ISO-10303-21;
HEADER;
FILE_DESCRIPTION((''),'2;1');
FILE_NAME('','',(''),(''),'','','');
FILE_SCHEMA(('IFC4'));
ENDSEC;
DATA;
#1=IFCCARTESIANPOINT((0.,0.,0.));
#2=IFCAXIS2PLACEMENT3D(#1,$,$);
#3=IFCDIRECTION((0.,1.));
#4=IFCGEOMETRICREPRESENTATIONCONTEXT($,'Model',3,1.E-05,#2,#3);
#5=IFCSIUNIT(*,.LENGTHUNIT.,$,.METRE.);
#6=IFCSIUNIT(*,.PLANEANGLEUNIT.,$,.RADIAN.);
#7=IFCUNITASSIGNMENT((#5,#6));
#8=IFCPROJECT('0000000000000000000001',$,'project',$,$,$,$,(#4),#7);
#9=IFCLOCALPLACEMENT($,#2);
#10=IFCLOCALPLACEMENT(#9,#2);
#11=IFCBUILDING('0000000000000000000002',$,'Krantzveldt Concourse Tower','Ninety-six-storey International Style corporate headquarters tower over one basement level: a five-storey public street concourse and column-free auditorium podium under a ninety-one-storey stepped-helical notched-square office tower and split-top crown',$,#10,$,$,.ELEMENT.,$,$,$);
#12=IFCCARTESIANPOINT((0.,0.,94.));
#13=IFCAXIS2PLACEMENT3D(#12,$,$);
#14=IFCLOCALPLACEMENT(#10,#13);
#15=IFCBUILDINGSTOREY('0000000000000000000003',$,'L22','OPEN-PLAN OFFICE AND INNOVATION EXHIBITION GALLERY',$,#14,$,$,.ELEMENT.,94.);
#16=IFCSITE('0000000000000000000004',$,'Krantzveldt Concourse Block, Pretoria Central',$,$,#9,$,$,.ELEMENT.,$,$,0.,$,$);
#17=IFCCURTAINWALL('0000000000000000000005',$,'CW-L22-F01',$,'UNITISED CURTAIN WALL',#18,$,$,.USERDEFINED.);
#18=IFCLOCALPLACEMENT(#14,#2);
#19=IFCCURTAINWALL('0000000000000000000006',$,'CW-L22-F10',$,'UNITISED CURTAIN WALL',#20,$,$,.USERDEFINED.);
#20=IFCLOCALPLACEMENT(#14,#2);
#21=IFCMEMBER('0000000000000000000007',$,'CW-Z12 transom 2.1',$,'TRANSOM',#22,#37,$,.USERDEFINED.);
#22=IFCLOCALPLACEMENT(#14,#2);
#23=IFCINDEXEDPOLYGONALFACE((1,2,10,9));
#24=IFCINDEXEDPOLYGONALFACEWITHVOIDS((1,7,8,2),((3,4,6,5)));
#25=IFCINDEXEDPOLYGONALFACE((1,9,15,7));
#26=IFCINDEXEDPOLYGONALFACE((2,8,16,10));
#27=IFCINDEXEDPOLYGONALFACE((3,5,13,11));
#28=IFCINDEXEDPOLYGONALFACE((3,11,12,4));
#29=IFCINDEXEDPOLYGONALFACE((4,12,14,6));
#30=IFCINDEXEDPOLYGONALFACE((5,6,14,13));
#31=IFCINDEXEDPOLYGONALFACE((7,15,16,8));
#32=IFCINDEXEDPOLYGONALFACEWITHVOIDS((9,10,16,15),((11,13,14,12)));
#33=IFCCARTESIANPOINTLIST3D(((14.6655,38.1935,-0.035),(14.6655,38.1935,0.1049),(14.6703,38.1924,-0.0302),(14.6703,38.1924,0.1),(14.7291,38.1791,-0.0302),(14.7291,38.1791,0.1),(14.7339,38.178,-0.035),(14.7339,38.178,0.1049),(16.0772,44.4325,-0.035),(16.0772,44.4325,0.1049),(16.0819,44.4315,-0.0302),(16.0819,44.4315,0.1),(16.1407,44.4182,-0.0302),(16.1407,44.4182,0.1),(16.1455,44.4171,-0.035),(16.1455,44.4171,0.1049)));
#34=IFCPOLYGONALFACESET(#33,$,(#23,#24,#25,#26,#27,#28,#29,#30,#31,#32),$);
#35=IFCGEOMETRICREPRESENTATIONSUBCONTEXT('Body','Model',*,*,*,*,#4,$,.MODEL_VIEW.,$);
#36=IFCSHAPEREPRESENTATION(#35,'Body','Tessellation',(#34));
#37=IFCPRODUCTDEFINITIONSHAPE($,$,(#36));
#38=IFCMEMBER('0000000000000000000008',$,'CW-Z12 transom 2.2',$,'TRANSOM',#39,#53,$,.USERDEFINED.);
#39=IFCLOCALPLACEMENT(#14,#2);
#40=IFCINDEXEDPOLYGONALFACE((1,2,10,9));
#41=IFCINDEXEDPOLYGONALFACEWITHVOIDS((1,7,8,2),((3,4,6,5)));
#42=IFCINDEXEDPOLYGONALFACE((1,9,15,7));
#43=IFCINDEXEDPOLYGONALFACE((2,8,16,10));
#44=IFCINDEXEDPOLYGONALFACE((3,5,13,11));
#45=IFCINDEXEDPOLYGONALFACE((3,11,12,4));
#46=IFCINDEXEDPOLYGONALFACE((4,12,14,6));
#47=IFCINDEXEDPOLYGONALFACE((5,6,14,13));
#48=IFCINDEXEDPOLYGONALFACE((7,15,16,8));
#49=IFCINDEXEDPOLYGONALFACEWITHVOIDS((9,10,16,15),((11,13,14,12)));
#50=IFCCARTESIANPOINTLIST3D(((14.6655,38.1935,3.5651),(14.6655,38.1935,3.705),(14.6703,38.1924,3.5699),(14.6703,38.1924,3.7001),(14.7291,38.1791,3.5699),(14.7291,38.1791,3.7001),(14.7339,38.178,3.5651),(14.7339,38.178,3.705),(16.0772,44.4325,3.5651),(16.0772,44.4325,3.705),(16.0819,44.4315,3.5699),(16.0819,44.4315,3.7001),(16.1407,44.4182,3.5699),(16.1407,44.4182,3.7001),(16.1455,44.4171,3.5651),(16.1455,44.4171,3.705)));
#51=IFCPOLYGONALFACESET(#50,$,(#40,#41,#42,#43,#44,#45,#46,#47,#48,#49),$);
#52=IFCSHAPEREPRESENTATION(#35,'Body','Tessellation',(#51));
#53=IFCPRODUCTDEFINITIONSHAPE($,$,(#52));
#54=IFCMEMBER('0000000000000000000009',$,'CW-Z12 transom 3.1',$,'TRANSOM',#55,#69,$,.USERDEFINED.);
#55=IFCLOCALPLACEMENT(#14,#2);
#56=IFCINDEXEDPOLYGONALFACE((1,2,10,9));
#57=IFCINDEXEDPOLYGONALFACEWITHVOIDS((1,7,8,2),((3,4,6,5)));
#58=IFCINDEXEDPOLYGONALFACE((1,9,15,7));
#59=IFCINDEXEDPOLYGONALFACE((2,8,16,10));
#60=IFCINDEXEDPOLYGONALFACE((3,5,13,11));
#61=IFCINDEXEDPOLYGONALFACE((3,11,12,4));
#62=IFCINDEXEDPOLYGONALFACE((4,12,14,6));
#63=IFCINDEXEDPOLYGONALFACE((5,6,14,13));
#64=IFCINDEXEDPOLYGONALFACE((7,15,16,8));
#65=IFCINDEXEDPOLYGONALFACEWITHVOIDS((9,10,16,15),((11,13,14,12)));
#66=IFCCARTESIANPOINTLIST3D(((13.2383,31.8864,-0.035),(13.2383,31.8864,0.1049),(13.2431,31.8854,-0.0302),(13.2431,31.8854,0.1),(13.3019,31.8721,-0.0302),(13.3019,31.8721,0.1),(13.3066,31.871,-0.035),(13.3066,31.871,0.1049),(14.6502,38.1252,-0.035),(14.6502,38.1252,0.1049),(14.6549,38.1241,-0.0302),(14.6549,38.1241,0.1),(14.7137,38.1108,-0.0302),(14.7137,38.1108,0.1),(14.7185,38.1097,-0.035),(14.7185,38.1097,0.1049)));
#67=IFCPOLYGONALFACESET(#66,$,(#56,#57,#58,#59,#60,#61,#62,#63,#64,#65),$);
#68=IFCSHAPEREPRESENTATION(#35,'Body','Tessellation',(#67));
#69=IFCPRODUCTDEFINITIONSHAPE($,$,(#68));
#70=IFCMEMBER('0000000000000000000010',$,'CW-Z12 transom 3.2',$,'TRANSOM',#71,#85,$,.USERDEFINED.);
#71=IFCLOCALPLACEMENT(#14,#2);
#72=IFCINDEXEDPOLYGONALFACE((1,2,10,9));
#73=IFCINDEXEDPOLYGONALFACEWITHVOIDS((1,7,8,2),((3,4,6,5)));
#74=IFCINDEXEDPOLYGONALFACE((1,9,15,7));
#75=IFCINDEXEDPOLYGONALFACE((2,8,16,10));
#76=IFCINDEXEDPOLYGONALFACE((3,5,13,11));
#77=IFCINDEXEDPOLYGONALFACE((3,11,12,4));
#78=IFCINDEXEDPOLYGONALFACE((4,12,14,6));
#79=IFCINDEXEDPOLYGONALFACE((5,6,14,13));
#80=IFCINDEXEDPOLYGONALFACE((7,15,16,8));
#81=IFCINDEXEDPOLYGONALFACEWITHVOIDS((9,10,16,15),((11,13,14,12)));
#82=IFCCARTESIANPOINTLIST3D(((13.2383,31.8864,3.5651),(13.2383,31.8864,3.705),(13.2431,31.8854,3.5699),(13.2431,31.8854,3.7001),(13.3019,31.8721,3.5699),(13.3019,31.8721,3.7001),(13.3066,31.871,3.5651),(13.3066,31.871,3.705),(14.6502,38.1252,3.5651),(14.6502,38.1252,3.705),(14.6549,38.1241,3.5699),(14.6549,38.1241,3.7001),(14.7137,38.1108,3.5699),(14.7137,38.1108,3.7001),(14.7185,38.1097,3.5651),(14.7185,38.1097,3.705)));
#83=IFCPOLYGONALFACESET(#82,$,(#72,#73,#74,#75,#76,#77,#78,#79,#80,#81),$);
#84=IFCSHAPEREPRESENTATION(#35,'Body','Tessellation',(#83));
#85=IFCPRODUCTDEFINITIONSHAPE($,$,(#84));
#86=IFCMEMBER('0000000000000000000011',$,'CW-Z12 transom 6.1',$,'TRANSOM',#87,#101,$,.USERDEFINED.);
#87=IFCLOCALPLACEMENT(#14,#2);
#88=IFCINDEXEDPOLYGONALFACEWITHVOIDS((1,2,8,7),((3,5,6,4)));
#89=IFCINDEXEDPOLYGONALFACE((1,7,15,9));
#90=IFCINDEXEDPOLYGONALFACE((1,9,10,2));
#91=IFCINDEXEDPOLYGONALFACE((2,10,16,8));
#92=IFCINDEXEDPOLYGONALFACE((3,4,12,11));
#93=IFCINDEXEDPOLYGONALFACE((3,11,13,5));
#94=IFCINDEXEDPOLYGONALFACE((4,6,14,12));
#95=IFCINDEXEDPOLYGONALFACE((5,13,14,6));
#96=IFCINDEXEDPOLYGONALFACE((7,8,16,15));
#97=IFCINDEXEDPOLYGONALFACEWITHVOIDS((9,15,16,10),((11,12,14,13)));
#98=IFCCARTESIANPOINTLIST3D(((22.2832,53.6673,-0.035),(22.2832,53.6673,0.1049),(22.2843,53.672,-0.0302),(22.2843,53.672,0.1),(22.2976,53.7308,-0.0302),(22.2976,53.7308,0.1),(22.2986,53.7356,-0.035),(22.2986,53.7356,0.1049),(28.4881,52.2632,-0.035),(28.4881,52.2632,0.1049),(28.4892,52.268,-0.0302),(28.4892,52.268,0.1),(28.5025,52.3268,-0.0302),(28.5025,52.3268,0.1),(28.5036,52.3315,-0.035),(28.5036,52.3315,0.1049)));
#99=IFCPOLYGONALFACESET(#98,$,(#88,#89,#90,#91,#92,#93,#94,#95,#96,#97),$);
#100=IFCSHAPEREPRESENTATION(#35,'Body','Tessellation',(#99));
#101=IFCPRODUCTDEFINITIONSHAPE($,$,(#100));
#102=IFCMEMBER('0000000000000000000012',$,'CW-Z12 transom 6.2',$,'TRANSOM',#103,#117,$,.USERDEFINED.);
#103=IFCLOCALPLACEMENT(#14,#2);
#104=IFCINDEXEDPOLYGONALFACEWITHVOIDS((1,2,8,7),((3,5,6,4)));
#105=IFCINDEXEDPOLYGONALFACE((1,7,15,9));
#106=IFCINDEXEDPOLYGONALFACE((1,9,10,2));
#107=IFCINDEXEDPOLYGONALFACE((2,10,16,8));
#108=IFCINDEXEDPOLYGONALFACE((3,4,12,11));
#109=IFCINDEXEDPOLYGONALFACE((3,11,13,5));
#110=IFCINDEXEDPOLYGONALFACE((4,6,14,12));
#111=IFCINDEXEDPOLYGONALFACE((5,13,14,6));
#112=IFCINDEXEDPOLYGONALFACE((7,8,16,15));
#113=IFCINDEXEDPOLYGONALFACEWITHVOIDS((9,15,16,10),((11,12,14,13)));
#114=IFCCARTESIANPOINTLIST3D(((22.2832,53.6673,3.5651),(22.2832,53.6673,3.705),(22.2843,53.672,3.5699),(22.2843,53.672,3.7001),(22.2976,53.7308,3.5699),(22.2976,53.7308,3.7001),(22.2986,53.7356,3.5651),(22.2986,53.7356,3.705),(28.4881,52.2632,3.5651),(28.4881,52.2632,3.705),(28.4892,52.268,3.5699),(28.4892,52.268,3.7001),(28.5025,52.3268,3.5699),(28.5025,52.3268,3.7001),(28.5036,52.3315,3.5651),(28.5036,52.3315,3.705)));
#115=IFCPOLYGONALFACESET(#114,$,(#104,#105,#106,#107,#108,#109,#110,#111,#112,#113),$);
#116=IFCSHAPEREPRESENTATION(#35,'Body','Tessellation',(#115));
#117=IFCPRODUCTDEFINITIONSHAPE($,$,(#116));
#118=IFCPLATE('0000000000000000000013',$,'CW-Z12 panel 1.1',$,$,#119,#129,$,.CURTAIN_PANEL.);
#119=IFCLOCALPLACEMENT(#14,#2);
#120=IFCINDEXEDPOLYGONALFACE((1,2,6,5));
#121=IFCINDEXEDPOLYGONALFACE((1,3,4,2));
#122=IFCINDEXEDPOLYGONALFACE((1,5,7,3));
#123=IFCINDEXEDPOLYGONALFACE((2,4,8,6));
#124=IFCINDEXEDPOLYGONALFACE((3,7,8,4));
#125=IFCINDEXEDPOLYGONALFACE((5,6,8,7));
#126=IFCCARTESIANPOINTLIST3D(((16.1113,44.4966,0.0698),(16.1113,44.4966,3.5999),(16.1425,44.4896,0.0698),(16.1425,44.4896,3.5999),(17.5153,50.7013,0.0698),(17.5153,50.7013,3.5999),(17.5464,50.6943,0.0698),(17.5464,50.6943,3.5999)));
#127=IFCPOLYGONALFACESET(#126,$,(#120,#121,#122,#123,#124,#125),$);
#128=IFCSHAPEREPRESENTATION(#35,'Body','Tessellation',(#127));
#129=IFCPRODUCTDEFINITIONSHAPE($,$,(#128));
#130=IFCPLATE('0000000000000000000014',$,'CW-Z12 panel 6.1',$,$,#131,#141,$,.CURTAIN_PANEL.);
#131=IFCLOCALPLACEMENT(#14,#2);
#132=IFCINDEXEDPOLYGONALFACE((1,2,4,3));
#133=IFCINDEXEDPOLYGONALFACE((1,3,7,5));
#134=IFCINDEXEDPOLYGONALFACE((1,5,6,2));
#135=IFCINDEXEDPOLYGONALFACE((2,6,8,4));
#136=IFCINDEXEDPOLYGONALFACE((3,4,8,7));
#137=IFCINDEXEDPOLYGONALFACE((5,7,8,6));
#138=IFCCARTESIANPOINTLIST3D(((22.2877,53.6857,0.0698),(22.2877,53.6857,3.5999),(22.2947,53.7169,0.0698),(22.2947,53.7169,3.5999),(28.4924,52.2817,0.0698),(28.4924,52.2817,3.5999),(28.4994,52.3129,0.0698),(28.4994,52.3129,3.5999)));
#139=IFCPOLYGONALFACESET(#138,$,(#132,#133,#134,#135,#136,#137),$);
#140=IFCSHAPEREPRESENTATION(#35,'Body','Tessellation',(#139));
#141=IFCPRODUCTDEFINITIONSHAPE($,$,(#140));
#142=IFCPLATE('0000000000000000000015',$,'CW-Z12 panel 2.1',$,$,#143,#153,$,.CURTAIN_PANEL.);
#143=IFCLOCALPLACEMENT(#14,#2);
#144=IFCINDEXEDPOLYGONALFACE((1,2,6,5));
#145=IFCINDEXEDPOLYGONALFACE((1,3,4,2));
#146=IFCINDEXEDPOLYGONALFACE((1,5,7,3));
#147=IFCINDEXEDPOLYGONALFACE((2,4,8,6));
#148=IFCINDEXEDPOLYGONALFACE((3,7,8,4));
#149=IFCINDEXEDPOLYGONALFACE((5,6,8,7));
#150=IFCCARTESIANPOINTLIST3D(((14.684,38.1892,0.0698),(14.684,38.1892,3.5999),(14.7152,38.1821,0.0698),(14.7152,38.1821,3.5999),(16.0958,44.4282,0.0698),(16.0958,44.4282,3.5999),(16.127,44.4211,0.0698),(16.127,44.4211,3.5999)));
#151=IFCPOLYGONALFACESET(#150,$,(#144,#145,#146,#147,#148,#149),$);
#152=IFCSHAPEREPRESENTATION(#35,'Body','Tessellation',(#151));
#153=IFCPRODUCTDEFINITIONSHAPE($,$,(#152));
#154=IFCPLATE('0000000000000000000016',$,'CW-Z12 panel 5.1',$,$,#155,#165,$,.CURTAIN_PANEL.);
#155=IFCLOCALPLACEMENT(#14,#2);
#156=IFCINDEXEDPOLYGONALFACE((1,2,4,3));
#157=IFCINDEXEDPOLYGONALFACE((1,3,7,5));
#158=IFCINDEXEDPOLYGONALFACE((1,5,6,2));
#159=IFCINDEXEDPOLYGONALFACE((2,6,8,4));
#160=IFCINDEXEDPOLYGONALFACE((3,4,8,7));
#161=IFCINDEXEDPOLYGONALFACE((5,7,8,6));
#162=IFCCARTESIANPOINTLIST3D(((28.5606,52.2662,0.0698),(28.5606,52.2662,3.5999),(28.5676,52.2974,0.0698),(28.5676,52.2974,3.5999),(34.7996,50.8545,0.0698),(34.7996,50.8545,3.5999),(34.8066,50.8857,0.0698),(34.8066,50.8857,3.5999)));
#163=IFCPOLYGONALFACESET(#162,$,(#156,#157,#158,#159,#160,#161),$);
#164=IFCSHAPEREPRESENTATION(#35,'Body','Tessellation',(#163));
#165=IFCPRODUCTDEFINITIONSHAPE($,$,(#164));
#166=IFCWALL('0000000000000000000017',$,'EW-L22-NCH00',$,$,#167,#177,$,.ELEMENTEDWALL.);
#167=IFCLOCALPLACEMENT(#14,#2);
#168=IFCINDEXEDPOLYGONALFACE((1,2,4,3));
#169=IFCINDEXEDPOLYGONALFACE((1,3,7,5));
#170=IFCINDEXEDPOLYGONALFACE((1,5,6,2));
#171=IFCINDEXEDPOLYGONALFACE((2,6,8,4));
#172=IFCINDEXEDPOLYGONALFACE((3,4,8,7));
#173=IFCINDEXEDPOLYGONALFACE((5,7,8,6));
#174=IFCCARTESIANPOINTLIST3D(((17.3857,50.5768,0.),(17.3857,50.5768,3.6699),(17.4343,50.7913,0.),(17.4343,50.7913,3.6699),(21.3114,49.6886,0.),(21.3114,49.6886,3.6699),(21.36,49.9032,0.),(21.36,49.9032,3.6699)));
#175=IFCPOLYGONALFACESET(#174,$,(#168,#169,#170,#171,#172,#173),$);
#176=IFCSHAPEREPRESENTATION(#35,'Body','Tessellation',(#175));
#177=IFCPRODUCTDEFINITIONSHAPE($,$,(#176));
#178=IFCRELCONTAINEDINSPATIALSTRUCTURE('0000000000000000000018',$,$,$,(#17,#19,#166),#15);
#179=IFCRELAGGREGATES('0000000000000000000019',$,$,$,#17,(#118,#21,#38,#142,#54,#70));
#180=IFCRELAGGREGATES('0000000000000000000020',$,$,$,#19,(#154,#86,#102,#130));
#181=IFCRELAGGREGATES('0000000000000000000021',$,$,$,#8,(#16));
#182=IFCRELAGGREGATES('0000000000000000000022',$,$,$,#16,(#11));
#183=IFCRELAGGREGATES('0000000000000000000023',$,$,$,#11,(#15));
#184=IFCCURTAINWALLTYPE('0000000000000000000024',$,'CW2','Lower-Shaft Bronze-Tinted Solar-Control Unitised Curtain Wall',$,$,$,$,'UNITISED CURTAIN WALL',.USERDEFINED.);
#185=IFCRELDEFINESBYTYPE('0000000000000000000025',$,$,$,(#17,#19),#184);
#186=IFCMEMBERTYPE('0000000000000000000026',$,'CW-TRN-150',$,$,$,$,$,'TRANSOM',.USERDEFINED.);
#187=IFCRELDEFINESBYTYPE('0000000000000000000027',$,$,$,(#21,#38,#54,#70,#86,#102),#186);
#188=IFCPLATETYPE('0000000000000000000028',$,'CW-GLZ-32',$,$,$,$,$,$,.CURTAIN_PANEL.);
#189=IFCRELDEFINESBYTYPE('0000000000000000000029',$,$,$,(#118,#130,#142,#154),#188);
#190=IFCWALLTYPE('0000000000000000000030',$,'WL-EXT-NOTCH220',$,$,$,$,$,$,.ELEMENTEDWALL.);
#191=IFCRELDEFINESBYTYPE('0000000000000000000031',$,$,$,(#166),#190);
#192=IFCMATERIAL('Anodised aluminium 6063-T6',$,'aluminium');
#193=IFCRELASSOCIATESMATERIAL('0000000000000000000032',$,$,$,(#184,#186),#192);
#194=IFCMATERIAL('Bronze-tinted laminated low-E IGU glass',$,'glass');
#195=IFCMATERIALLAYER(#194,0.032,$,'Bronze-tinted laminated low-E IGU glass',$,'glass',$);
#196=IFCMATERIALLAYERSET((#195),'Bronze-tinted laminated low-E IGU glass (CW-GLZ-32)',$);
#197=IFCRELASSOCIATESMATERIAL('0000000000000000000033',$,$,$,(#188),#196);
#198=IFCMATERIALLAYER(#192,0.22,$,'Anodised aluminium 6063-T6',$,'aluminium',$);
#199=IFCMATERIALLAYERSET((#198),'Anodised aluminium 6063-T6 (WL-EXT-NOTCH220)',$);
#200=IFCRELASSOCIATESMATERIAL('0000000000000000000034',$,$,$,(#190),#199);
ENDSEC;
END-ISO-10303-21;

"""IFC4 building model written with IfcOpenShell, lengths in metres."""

from ifc_helpers import new_model, si_unit, direction, frame, frame_2d, origin, origin_2d, place, context, subcontext, project, spatial, rectangle, hollow_rectangle, extrude, source, transform, mapped, material, layer, layer_set, material_profile, profile_set, type_object, type_shapes, element, aggregate, save


model = new_model("IFC4")

# Units and contexts
model_context = context("Model", 3, precision=1e-05, world=origin(), true_north=direction((0.0, 1.0)))
body_context = subcontext(model_context, "Body", "Model", "MODEL_VIEW")
ifc_project = project(units=[si_unit("LENGTHUNIT", "METRE"), si_unit("PLANEANGLEUNIT", "RADIAN")], contexts=[model_context])

# Site, building, storey
site_placement = place(None, origin())
site = spatial("IfcSite", under=ifc_project, at=site_placement, Name="Krantzveldt Concourse Block, Pretoria Central", CompositionType="ELEMENT", RefElevation=0.0)
building_placement = place(site_placement, origin())
building = spatial("IfcBuilding", under=site, at=building_placement, Name="Krantzveldt Concourse Tower", Description="Ninety-six-storey International Style corporate headquarters tower over one basement level: a five-storey public street concourse and column-free auditorium podium under a ninety-one-storey stepped-helical notched-square office tower and split-top crown", CompositionType="ELEMENT")
storey_placement = place(building_placement, frame((0.0, 0.0, 94.0)))
storey = spatial("IfcBuildingStorey", under=building, at=storey_placement, Name="L22", Description="OPEN-PLAN OFFICE AND INNOVATION EXHIBITION GALLERY", CompositionType="ELEMENT", Elevation=94.0)

# Curtain walls
ifc_material_1 = material(Name="Anodised aluminium 6063-T6", Category="aluminium")
curtain_wall_type = type_object("IfcCurtainWallType", Name="CW2", Description="Lower-Shaft Bronze-Tinted Solar-Control Unitised Curtain Wall", ElementType="UNITISED CURTAIN WALL", PredefinedType="USERDEFINED", material=ifc_material_1)
curtain_wall_1_placement = place(storey_placement, origin())
curtain_wall_1 = element("IfcCurtainWall", 1, at=curtain_wall_1_placement, inside=storey, type_object=curtain_wall_type, Name="CW-L22-F01", ObjectType="UNITISED CURTAIN WALL", PredefinedType="USERDEFINED")
curtain_wall_2_placement = place(storey_placement, origin())
curtain_wall_2 = element("IfcCurtainWall", 2, at=curtain_wall_2_placement, inside=storey, type_object=curtain_wall_type, Name="CW-L22-F10", ObjectType="UNITISED CURTAIN WALL", PredefinedType="USERDEFINED")

# Members
ifc_material_profile_1 = material_profile(ifc_material_1, hollow_rectangle(XDim=0.0701, YDim=0.1399, WallThickness=0.0049, at=origin_2d()), Name="Anodised aluminium 6063-T6", Category="aluminium")
ifc_profile_set_1 = profile_set([ifc_material_profile_1], Name="Anodised aluminium 6063-T6 - ALU-TRAN 140x70x5")
member_type_1 = type_object("IfcMemberType", Name="CW-TRN-150", ElementType="TRANSOM", PredefinedType="USERDEFINED", material=ifc_profile_set_1)
shared_shape_1 = source(origin(), body_context, "Body", "SweptSolid", [
    extrude(hollow_rectangle(XDim=0.0701, YDim=0.1399, WallThickness=0.0049, at=origin_2d()), origin(), (0.0, 0.0, 1.0), 6.3967),
])
member_1_placement = place(storey_placement, frame((16.1113, 44.4248, 0.0349), z_axis=(-0.220679, -0.975346, 0.0), x_axis=(0.975346, -0.220679, 0.0)))
member_1 = element("IfcMember", 3, at=member_1_placement, type_object=member_type_1, Name="CW-Z12 transom 2.1", ObjectType="TRANSOM", PredefinedType="USERDEFINED", context=body_context, shape_type="MappedRepresentation", body=[
    mapped(shared_shape_1, transform((0.0, 0.0, 0.0), x_axis=(1.0, 0.0, 0.0), y_axis=(0.0, 1.0, 0.0), z_axis=(0.0, 0.0, 1.0), scale=1.0)),
])
member_2_placement = place(storey_placement, frame((16.1113, 44.4248, 3.635), z_axis=(-0.220679, -0.975346, 0.0), x_axis=(0.975346, -0.220679, 0.0)))
member_2 = element("IfcMember", 4, at=member_2_placement, type_object=member_type_1, Name="CW-Z12 transom 2.2", ObjectType="TRANSOM", PredefinedType="USERDEFINED", context=body_context, shape_type="MappedRepresentation", body=[
    mapped(shared_shape_1, transform((0.0, 0.0, 0.0), x_axis=(1.0, 0.0, 0.0), y_axis=(0.0, 1.0, 0.0), z_axis=(0.0, 0.0, 1.0), scale=1.0)),
])
shared_shape_2 = source(origin(), body_context, "Body", "SweptSolid", [
    extrude(hollow_rectangle(XDim=0.0701, YDim=0.1399, WallThickness=0.0049, at=origin_2d()), origin(), (0.0, 0.0, 1.0), 6.3965),
])
member_3_placement = place(storey_placement, frame((14.6843, 38.1174, 0.0349), z_axis=(-0.220724, -0.975336, 0.0), x_axis=(0.975336, -0.220724, 0.0)))
member_3 = element("IfcMember", 5, at=member_3_placement, type_object=member_type_1, Name="CW-Z12 transom 3.1", ObjectType="TRANSOM", PredefinedType="USERDEFINED", context=body_context, shape_type="MappedRepresentation", body=[
    mapped(shared_shape_2, transform((0.0, 0.0, 0.0), x_axis=(1.0, 0.0, 0.0), y_axis=(0.0, 1.0, 0.0), z_axis=(0.0, 0.0, 1.0), scale=1.0)),
])
member_4_placement = place(storey_placement, frame((14.6843, 38.1174, 3.635), z_axis=(-0.220724, -0.975336, 0.0), x_axis=(0.975336, -0.220724, 0.0)))
member_4 = element("IfcMember", 6, at=member_4_placement, type_object=member_type_1, Name="CW-Z12 transom 3.2", ObjectType="TRANSOM", PredefinedType="USERDEFINED", context=body_context, shape_type="MappedRepresentation", body=[
    mapped(shared_shape_2, transform((0.0, 0.0, 0.0), x_axis=(1.0, 0.0, 0.0), y_axis=(0.0, 1.0, 0.0), z_axis=(0.0, 0.0, 1.0), scale=1.0)),
])
shared_shape_3 = source(origin(), body_context, "Body", "SweptSolid", [
    extrude(hollow_rectangle(XDim=0.0701, YDim=0.1399, WallThickness=0.0049, at=origin_2d()), origin(), (0.0, 0.0, 1.0), 6.3618),
])
member_5_placement = place(storey_placement, frame((28.4958, 52.2974, 0.0349), z_axis=(-0.975341, 0.220704, 0.0), x_axis=(-0.220704, -0.975341, 0.0)))
member_5 = element("IfcMember", 7, at=member_5_placement, type_object=member_type_1, Name="CW-Z12 transom 6.1", ObjectType="TRANSOM", PredefinedType="USERDEFINED", context=body_context, shape_type="MappedRepresentation", body=[
    mapped(shared_shape_3, transform((0.0, 0.0, 0.0), x_axis=(1.0, 0.0, 0.0), y_axis=(0.0, 1.0, 0.0), z_axis=(0.0, 0.0, 1.0), scale=1.0)),
])
member_6_placement = place(storey_placement, frame((28.4958, 52.2974, 3.635), z_axis=(-0.975341, 0.220704, 0.0), x_axis=(-0.220704, -0.975341, 0.0)))
member_6 = element("IfcMember", 8, at=member_6_placement, type_object=member_type_1, Name="CW-Z12 transom 6.2", ObjectType="TRANSOM", PredefinedType="USERDEFINED", context=body_context, shape_type="MappedRepresentation", body=[
    mapped(shared_shape_3, transform((0.0, 0.0, 0.0), x_axis=(1.0, 0.0, 0.0), y_axis=(0.0, 1.0, 0.0), z_axis=(0.0, 0.0, 1.0), scale=1.0)),
])

# Plates
ifc_material_2 = material(Name="Bronze-tinted laminated low-E IGU glass", Category="glass")
ifc_layer_1 = layer(ifc_material_2, 0.032, Name="Bronze-tinted laminated low-E IGU glass", Category="glass")
ifc_layer_set_1 = layer_set([ifc_layer_1], Name="Bronze-tinted laminated low-E IGU glass (CW-GLZ-32)")
plate_type = type_object("IfcPlateType", Name="CW-GLZ-32", PredefinedType="CURTAIN_PANEL", material=ifc_layer_set_1)
shared_shape_4 = source(origin(), body_context, "Body", "SweptSolid", [
    extrude(rectangle(XDim=6.3616, YDim=0.032, at=origin_2d()), origin(), (0.0, 0.0, 1.0), 3.53),
])
plate_1_placement = place(storey_placement, frame((16.8289, 47.5955, 0.0698), z_axis=(0.0, 0.0, 1.0), x_axis=(-0.220697, -0.975342, 0.0)))
plate_1 = element("IfcPlate", 9, at=plate_1_placement, type_object=plate_type, Name="CW-Z12 panel 1.1", PredefinedType="CURTAIN_PANEL", context=body_context, shape_type="MappedRepresentation", body=[
    mapped(shared_shape_4, transform((0.0, 0.0, 0.0), x_axis=(1.0, 0.0, 0.0), y_axis=(0.0, 1.0, 0.0), z_axis=(0.0, 0.0, 1.0), scale=1.0)),
])
plate_2_placement = place(storey_placement, frame((25.3936, 52.9993, 0.0698), z_axis=(0.0, 0.0, 1.0), x_axis=(-0.975342, 0.220697, 0.0)))
plate_2 = element("IfcPlate", 10, at=plate_2_placement, type_object=plate_type, Name="CW-Z12 panel 6.1", PredefinedType="CURTAIN_PANEL", context=body_context, shape_type="MappedRepresentation", body=[
    mapped(shared_shape_4, transform((0.0, 0.0, 0.0), x_axis=(1.0, 0.0, 0.0), y_axis=(0.0, 1.0, 0.0), z_axis=(0.0, 0.0, 1.0), scale=1.0)),
])
shared_shape_5 = source(origin(), body_context, "Body", "SweptSolid", [
    extrude(rectangle(XDim=6.3967, YDim=0.032, at=origin_2d()), origin(), (0.0, 0.0, 1.0), 3.53),
])
type_shapes(plate_type, [shared_shape_4, shared_shape_5])
plate_3_placement = place(storey_placement, frame((15.4055, 41.3052, 0.0698), z_axis=(0.0, 0.0, 1.0), x_axis=(-0.220697, -0.975342, 0.0)))
plate_3 = element("IfcPlate", 11, at=plate_3_placement, type_object=plate_type, Name="CW-Z12 panel 2.1", PredefinedType="CURTAIN_PANEL", context=body_context, shape_type="MappedRepresentation", body=[
    mapped(shared_shape_5, transform((0.0, 0.0, 0.0), x_axis=(1.0, 0.0, 0.0), y_axis=(0.0, 1.0, 0.0), z_axis=(0.0, 0.0, 1.0), scale=1.0)),
])
aggregate(curtain_wall_1, [plate_1, member_1, member_2, plate_3, member_3, member_4])
plate_4_placement = place(storey_placement, frame((31.6836, 51.5759, 0.0698), z_axis=(0.0, 0.0, 1.0), x_axis=(-0.975342, 0.220697, 0.0)))
plate_4 = element("IfcPlate", 12, at=plate_4_placement, type_object=plate_type, Name="CW-Z12 panel 5.1", PredefinedType="CURTAIN_PANEL", context=body_context, shape_type="MappedRepresentation", body=[
    mapped(shared_shape_5, transform((0.0, 0.0, 0.0), x_axis=(1.0, 0.0, 0.0), y_axis=(0.0, 1.0, 0.0), z_axis=(0.0, 0.0, 1.0), scale=1.0)),
])
aggregate(curtain_wall_2, [plate_4, member_5, member_6, plate_2])

# Wall
ifc_layer_2 = layer(ifc_material_1, 0.22, Name="Anodised aluminium 6063-T6", Category="aluminium")
ifc_layer_set_2 = layer_set([ifc_layer_2], Name="Anodised aluminium 6063-T6 (WL-EXT-NOTCH220)")
wall_type_1 = type_object("IfcWallType", Name="WL-EXT-NOTCH220", PredefinedType="ELEMENTEDWALL", material=ifc_layer_set_2)
wall_1_placement = place(storey_placement, frame((21.3357, 49.7959, 0.0), z_axis=(0.0, 0.0, 1.0), x_axis=(-0.975349, 0.220667, 0.0)))
element("IfcWall", 13, at=wall_1_placement, inside=storey, type_object=wall_type_1, Name="EW-L22-NCH00", PredefinedType="ELEMENTEDWALL", context=body_context, shape_type="SweptSolid", body=[
    extrude(rectangle(XDim=4.0249, YDim=0.22, at=frame_2d((2.0125, 0.0))), origin(), (0.0, 0.0, 1.0), 3.6699),
])

save(model, "model.ifc")
